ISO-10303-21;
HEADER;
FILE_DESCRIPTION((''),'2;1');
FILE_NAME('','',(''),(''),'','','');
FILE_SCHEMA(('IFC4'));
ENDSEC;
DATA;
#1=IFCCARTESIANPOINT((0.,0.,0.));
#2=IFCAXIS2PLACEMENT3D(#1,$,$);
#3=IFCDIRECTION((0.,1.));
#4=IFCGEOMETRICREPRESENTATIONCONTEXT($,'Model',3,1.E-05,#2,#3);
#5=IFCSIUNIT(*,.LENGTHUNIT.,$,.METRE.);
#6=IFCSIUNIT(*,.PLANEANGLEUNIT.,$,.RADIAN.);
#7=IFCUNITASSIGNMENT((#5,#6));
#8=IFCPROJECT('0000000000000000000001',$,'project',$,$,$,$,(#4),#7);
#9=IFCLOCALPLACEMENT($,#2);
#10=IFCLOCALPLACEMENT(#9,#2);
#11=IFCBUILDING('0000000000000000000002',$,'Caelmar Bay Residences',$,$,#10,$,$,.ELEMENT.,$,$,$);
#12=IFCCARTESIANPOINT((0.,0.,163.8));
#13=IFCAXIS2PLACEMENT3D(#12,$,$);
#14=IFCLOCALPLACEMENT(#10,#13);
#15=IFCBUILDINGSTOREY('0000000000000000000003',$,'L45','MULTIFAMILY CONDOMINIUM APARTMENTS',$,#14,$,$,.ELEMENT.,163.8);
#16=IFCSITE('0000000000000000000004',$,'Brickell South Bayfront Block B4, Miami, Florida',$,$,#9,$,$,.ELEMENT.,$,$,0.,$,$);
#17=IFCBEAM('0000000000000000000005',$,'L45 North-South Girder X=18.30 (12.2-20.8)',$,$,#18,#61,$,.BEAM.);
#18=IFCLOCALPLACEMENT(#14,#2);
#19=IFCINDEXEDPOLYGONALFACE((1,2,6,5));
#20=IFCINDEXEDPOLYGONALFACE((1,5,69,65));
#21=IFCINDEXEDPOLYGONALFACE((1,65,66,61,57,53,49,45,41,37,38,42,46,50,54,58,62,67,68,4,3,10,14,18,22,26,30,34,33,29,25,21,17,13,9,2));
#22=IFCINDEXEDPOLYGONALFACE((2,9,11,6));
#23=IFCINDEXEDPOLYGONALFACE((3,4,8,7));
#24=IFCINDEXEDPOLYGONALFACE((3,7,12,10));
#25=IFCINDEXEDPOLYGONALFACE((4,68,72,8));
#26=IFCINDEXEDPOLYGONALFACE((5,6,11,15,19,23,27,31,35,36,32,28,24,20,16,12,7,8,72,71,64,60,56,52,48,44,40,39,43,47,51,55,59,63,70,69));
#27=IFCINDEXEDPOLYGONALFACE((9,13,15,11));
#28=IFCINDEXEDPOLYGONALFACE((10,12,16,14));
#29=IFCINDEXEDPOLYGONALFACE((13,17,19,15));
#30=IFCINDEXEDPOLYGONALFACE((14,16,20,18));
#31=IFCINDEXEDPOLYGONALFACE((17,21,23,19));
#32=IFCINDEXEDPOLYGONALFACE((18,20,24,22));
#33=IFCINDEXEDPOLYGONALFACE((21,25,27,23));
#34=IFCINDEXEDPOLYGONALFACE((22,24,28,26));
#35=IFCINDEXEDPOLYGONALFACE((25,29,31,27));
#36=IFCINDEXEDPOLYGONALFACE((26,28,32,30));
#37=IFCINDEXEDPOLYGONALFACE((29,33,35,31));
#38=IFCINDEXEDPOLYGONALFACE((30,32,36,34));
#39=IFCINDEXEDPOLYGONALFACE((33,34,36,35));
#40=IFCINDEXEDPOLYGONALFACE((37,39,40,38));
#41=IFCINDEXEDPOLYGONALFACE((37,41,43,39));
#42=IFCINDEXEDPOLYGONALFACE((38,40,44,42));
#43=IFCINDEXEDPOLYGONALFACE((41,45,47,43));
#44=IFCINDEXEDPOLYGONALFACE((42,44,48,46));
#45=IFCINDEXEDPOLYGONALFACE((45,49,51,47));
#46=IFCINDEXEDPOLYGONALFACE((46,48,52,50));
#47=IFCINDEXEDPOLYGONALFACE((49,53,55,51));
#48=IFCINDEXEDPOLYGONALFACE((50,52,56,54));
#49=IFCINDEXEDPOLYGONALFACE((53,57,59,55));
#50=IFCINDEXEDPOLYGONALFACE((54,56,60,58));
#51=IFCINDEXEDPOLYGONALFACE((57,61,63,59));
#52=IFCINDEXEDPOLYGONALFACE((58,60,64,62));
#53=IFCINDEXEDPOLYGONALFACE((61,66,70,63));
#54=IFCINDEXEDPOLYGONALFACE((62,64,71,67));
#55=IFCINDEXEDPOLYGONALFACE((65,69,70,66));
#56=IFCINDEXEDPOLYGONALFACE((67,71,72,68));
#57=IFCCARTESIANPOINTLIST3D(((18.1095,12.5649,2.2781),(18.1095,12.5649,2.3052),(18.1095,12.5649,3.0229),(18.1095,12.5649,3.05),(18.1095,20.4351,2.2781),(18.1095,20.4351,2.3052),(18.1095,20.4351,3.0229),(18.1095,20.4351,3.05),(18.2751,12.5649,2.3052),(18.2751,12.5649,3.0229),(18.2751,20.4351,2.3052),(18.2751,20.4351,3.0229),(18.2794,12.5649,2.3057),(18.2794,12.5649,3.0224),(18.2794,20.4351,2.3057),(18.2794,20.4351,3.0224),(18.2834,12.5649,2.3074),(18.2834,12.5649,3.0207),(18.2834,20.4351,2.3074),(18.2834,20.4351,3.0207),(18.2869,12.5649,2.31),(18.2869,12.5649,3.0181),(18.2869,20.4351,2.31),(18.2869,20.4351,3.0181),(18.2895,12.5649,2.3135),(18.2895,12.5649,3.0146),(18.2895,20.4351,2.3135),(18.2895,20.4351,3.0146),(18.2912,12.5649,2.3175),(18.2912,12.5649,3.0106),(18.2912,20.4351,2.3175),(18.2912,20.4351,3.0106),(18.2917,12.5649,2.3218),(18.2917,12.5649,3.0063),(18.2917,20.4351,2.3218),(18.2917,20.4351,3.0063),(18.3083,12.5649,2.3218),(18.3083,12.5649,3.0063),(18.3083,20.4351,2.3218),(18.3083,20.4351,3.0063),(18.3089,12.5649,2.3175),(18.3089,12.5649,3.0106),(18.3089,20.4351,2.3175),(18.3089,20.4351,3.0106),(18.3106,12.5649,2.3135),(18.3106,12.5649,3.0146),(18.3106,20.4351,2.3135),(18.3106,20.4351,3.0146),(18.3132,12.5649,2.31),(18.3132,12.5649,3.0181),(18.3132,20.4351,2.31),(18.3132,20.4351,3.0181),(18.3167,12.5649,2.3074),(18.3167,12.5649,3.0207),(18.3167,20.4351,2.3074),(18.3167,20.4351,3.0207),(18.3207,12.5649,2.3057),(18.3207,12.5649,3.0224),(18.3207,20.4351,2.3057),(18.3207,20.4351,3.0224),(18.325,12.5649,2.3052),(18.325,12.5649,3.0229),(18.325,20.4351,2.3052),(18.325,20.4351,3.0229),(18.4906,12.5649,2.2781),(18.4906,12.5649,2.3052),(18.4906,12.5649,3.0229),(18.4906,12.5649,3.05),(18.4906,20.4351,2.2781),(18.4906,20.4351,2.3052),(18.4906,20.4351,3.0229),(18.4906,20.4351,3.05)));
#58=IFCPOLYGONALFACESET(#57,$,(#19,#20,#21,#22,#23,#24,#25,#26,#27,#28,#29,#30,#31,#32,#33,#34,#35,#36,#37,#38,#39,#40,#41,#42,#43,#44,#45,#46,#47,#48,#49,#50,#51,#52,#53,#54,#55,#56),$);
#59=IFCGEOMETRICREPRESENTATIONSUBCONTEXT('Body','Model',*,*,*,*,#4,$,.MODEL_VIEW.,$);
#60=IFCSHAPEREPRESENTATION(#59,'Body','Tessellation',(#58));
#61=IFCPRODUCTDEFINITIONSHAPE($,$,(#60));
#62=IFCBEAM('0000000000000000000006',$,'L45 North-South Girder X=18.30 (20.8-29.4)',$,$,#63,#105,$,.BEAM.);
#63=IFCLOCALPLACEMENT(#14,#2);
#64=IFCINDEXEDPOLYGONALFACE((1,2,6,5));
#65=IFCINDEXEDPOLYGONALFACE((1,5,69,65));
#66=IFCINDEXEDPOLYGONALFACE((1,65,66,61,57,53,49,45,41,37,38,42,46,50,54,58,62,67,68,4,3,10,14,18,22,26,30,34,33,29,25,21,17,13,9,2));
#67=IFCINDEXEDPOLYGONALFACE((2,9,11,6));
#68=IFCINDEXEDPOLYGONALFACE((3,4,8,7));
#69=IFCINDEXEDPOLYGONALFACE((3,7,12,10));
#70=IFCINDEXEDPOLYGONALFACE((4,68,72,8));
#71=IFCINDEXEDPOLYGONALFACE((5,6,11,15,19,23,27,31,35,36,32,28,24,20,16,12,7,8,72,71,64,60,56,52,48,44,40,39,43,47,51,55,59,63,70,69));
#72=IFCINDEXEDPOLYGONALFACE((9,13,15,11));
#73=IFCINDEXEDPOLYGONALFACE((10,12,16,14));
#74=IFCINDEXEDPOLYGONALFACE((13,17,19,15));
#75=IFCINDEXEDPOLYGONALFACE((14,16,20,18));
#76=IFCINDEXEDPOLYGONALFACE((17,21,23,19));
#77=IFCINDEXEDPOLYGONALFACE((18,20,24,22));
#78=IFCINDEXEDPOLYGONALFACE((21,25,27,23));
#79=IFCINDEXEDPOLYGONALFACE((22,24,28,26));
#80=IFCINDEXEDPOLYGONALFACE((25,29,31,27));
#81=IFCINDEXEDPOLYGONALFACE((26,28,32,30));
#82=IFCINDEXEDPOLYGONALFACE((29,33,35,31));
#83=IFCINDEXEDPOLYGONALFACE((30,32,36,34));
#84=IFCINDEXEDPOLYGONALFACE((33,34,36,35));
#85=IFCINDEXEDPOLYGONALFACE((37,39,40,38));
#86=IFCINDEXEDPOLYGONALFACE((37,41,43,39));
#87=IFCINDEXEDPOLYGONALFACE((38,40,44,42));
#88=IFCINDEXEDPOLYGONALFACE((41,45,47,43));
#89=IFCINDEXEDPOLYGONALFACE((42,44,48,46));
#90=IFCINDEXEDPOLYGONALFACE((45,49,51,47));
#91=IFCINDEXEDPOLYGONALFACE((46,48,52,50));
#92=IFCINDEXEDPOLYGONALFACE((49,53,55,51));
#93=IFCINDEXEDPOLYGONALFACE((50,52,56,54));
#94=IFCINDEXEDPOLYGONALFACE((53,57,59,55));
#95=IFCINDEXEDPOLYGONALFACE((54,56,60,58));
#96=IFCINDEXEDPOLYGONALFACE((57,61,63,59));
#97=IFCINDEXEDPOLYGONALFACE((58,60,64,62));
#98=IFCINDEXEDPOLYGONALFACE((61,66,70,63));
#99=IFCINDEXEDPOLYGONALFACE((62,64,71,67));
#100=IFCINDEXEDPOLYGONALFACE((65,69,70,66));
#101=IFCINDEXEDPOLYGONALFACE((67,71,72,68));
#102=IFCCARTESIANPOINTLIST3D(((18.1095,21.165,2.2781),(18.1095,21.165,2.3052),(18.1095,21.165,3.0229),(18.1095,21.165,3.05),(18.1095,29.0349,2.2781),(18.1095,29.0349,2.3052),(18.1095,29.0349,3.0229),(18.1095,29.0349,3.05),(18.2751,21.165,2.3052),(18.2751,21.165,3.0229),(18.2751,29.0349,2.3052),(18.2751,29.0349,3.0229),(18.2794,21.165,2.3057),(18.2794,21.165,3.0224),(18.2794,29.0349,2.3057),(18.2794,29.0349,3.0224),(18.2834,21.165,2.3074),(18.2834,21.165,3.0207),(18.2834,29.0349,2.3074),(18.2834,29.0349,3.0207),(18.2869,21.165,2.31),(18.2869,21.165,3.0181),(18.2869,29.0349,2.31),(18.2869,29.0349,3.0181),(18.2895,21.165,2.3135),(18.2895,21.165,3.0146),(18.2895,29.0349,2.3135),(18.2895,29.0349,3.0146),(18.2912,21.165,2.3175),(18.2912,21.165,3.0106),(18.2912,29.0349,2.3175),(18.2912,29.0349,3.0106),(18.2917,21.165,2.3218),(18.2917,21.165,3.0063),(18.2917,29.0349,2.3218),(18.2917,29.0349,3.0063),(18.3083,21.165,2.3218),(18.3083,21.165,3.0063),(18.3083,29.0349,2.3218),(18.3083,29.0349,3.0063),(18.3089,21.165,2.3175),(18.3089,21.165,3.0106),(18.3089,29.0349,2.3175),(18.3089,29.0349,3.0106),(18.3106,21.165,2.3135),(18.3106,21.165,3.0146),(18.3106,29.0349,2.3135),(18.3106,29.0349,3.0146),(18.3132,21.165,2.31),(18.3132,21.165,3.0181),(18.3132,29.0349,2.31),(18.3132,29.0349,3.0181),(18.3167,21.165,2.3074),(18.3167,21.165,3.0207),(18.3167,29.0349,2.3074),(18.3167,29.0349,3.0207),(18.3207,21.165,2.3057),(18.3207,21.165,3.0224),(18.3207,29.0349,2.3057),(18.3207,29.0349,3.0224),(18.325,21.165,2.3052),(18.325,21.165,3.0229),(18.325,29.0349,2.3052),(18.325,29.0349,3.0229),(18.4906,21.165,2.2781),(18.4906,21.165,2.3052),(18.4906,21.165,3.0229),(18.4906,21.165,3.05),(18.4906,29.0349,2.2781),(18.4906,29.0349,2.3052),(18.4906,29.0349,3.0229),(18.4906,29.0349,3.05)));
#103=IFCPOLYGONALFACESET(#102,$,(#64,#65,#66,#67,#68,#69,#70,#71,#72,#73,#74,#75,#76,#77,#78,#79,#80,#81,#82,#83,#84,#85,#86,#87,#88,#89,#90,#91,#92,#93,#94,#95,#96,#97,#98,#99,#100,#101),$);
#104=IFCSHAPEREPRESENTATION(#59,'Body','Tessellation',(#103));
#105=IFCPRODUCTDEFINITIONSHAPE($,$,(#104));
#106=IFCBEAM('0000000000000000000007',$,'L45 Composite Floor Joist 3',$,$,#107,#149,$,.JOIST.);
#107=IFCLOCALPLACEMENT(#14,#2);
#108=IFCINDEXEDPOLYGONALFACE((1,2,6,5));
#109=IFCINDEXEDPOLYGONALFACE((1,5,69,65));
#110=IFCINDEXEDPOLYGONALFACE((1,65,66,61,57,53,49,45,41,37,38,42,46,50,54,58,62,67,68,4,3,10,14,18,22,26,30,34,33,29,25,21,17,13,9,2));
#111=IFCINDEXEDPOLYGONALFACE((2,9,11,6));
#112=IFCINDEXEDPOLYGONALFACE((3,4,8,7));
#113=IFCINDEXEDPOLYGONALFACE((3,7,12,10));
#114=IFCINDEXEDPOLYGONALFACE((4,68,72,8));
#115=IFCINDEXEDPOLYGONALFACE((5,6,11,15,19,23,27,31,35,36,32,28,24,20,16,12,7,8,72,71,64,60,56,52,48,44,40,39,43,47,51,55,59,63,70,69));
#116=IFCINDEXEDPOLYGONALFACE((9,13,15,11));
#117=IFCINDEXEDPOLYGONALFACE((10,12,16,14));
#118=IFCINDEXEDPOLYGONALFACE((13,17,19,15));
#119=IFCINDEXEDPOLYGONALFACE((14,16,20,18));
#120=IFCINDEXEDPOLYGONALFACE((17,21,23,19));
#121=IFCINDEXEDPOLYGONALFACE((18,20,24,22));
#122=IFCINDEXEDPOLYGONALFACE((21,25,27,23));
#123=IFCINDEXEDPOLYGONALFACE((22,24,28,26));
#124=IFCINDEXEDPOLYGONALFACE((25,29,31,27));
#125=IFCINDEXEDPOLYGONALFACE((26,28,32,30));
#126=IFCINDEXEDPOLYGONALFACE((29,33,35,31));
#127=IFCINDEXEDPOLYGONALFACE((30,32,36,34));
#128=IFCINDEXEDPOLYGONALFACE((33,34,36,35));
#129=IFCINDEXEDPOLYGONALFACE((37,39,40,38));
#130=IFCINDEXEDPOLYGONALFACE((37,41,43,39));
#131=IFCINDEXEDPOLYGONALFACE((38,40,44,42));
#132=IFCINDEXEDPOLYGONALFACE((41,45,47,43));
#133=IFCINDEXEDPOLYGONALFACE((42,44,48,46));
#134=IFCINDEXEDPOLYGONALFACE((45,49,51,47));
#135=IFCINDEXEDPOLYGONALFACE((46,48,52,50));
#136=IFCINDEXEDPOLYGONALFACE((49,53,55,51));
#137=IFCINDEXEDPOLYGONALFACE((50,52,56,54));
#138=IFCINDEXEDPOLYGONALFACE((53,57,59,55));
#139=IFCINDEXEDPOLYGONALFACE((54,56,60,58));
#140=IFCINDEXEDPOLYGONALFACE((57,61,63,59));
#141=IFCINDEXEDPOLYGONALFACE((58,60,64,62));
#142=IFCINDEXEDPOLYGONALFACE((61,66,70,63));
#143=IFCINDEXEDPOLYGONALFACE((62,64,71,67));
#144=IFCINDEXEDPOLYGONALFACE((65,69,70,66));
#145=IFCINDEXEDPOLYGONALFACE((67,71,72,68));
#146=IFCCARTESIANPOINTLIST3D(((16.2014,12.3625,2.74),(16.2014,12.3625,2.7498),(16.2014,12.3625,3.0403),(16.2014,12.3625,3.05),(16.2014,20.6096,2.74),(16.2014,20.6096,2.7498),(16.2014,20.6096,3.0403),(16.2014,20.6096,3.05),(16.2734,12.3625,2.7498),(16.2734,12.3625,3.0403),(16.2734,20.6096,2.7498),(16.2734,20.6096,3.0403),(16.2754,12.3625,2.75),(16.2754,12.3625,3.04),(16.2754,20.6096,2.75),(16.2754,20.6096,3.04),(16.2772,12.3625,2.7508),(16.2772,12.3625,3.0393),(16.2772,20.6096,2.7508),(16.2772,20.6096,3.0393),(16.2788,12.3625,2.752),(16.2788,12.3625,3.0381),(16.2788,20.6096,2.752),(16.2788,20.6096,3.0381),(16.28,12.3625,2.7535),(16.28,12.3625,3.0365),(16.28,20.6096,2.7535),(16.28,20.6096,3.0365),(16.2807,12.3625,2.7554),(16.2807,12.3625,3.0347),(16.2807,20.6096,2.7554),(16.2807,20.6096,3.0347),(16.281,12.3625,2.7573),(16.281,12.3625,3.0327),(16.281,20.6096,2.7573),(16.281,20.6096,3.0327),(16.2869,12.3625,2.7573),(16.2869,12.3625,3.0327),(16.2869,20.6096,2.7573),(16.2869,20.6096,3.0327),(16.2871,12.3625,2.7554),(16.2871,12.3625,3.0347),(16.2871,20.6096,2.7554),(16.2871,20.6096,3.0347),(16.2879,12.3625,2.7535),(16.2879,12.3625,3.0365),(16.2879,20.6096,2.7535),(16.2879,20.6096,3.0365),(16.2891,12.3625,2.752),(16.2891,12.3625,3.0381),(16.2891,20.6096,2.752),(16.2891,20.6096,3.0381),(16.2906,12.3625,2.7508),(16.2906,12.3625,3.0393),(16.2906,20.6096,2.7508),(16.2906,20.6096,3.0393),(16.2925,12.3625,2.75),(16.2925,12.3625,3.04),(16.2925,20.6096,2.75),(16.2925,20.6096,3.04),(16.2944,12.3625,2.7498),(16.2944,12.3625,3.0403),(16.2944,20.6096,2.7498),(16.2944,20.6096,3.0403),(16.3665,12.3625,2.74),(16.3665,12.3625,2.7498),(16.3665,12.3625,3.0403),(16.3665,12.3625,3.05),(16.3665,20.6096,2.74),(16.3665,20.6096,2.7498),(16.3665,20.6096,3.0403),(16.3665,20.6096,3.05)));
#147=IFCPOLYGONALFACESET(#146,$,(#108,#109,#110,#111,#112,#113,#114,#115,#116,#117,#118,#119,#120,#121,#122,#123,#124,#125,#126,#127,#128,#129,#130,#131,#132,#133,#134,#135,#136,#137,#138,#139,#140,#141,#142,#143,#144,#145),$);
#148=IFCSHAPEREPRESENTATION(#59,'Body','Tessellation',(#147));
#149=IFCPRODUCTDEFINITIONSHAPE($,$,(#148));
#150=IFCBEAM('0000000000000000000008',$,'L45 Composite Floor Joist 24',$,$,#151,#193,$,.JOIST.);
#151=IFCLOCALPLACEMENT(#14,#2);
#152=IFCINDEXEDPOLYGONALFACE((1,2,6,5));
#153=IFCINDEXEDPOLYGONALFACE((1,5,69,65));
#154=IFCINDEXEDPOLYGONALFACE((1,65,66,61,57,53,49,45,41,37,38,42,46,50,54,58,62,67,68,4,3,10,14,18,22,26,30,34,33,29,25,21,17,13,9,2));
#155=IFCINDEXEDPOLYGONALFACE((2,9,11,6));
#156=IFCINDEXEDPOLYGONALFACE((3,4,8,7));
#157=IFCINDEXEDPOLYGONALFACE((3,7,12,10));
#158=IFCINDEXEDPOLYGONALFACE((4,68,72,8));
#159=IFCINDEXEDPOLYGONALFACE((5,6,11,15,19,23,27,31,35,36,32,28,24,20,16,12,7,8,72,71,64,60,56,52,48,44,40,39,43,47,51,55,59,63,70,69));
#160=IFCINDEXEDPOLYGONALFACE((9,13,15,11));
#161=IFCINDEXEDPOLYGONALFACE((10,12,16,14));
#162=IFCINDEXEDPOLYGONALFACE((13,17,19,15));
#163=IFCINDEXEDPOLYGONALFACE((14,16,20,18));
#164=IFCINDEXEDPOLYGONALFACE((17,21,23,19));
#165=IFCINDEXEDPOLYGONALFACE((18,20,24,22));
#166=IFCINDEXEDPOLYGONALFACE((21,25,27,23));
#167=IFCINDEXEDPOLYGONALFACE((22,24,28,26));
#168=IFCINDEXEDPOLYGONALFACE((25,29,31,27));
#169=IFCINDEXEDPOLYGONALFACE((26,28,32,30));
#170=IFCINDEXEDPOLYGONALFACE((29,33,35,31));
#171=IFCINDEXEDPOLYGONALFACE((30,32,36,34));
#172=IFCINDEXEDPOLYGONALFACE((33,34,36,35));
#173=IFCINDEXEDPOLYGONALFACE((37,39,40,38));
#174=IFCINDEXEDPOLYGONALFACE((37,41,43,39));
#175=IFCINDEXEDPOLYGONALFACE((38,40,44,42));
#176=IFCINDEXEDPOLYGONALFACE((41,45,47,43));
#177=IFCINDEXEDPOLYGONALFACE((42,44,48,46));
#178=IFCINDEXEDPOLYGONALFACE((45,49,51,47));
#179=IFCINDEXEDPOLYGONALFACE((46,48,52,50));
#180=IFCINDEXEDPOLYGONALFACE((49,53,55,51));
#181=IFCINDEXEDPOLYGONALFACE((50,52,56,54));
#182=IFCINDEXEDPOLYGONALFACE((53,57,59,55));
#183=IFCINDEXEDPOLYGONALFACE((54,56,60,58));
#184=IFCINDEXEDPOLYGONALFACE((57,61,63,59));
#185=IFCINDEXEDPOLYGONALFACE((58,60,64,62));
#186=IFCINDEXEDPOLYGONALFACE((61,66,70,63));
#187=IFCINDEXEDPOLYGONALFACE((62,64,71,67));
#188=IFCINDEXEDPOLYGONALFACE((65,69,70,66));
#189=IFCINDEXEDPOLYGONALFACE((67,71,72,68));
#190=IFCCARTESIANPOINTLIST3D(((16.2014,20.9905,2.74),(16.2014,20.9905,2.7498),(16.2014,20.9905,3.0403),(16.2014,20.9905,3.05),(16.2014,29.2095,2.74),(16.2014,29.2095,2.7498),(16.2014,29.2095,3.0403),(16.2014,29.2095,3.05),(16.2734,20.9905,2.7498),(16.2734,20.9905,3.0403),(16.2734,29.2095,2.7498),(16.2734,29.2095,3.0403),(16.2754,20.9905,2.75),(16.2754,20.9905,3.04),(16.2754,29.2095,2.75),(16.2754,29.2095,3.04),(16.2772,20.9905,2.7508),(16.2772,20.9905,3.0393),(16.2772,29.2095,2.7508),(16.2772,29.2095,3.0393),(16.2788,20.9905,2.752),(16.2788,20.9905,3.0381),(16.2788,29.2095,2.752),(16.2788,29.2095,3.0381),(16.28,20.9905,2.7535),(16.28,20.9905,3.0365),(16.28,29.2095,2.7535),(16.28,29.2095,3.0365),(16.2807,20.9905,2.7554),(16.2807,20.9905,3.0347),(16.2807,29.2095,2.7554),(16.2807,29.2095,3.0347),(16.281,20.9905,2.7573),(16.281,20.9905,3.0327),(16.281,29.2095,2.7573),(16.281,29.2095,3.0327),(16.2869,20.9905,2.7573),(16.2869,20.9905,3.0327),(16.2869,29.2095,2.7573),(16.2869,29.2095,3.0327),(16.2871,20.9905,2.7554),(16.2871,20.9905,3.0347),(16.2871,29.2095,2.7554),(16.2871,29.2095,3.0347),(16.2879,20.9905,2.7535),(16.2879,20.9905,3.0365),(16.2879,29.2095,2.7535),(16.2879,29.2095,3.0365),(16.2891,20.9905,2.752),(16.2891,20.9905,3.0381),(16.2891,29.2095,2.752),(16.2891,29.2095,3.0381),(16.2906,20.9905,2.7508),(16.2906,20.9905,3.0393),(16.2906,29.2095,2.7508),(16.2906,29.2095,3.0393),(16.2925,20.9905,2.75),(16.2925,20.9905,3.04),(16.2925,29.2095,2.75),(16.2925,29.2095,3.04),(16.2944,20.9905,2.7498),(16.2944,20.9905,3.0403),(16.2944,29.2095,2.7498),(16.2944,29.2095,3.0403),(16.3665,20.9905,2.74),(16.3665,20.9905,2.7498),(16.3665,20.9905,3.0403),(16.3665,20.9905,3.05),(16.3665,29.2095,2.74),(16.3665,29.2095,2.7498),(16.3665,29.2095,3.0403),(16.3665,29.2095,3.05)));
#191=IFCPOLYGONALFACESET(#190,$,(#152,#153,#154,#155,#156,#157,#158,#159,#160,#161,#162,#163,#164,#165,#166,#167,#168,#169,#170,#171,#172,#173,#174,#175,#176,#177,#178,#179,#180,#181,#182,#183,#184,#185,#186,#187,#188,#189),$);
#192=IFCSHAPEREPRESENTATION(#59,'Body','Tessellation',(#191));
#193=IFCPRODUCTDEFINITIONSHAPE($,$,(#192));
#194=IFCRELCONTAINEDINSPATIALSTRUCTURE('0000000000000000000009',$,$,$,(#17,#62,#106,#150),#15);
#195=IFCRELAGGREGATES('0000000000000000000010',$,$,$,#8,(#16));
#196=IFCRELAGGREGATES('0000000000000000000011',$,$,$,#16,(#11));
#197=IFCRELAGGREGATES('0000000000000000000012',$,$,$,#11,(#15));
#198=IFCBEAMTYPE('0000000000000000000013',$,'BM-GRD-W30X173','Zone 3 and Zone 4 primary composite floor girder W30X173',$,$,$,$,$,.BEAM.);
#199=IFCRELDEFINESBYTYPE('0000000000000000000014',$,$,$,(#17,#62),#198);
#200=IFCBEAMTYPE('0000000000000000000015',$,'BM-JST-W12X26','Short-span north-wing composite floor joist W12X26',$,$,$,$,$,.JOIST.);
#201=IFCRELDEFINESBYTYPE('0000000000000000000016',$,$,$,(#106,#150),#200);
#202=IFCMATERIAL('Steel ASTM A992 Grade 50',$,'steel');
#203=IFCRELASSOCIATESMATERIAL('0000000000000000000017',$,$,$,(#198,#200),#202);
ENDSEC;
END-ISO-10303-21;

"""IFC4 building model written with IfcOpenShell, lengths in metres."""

from ifc_helpers import new_model, si_unit, direction, frame, origin, origin_2d, place, context, subcontext, project, spatial, i_section, extrude, material, material_profile, profile_set, type_object, element, save


model = new_model("IFC4")

# Units and contexts
model_context = context("Model", 3, precision=1e-05, world=origin(), true_north=direction((0.0, 1.0)))
body_context = subcontext(model_context, "Body", "Model", "MODEL_VIEW")
ifc_project = project(units=[si_unit("LENGTHUNIT", "METRE"), si_unit("PLANEANGLEUNIT", "RADIAN")], contexts=[model_context])

# Site, building, storey
site_placement = place(None, origin())
site = spatial("IfcSite", under=ifc_project, at=site_placement, Name="Brickell South Bayfront Block B4, Miami, Florida", CompositionType="ELEMENT", RefElevation=0.0)
building_placement = place(site_placement, origin())
building = spatial("IfcBuilding", under=site, at=building_placement, Name="Caelmar Bay Residences", CompositionType="ELEMENT")
storey_placement = place(building_placement, frame((0.0, 0.0, 163.8)))
storey = spatial("IfcBuildingStorey", under=building, at=storey_placement, Name="L45", Description="MULTIFAMILY CONDOMINIUM APARTMENTS", CompositionType="ELEMENT", Elevation=163.8)

# Beams
ifc_material_1 = material(Name="Steel ASTM A992 Grade 50", Category="steel")
ifc_material_profile_1 = material_profile(ifc_material_1, i_section(OverallWidth=0.3811, OverallDepth=0.772, WebThickness=0.0166, FlangeThickness=0.0271, FilletRadius=0.0166, at=origin_2d()), Name="W30X173")
ifc_profile_set_1 = profile_set([ifc_material_profile_1], Name="Steel ASTM A992 Grade 50")
beam_type_1 = type_object("IfcBeamType", Name="BM-GRD-W30X173", Description="Zone 3 and Zone 4 primary composite floor girder W30X173", PredefinedType="BEAM", material=ifc_profile_set_1)
beam_1_placement = place(storey_placement, frame((18.3, 12.5649, 2.6641), z_axis=(0.0, 1.0, 0.0), x_axis=(-1.0, 0.0, 0.0)))
element("IfcBeam", 1, at=beam_1_placement, inside=storey, type_object=beam_type_1, Name="L45 North-South Girder X=18.30 (12.2-20.8)", PredefinedType="BEAM", context=body_context, shape_type="SweptSolid", body=[
    extrude(i_section(OverallWidth=0.3811, OverallDepth=0.772, WebThickness=0.0166, FlangeThickness=0.0271, FilletRadius=0.0166, at=origin_2d()), origin(), (0.0, 0.0, 1.0), 7.8701),
])
beam_2_placement = place(storey_placement, frame((18.3, 21.165, 2.6641), z_axis=(0.0, 1.0, 0.0), x_axis=(-1.0, 0.0, 0.0)))
element("IfcBeam", 2, at=beam_2_placement, inside=storey, type_object=beam_type_1, Name="L45 North-South Girder X=18.30 (20.8-29.4)", PredefinedType="BEAM", context=body_context, shape_type="SweptSolid", body=[
    extrude(i_section(OverallWidth=0.3811, OverallDepth=0.772, WebThickness=0.0166, FlangeThickness=0.0271, FilletRadius=0.0166, at=origin_2d()), origin(), (0.0, 0.0, 1.0), 7.8699),
])
ifc_material_profile_2 = material_profile(ifc_material_1, i_section(OverallWidth=0.165, OverallDepth=0.3101, WebThickness=0.0059, FlangeThickness=0.0098, FilletRadius=0.0076, at=origin_2d()), Name="W12X26")
ifc_profile_set_2 = profile_set([ifc_material_profile_2], Name="Steel ASTM A992 Grade 50")
beam_type_2 = type_object("IfcBeamType", Name="BM-JST-W12X26", Description="Short-span north-wing composite floor joist W12X26", PredefinedType="JOIST", material=ifc_profile_set_2)
beam_3_placement = place(storey_placement, frame((16.2839, 12.3625, 2.895), z_axis=(0.0, 1.0, 0.0), x_axis=(-1.0, 0.0, 0.0)))
element("IfcBeam", 3, at=beam_3_placement, inside=storey, type_object=beam_type_2, Name="L45 Composite Floor Joist 3", PredefinedType="JOIST", context=body_context, shape_type="SweptSolid", body=[
    extrude(i_section(OverallWidth=0.165, OverallDepth=0.3101, WebThickness=0.0059, FlangeThickness=0.0098, FilletRadius=0.0076, at=origin_2d()), origin(), (0.0, 0.0, 1.0), 8.2471),
])
beam_4_placement = place(storey_placement, frame((16.2839, 20.9905, 2.895), z_axis=(0.0, 1.0, 0.0), x_axis=(-1.0, 0.0, 0.0)))
element("IfcBeam", 4, at=beam_4_placement, inside=storey, type_object=beam_type_2, Name="L45 Composite Floor Joist 24", PredefinedType="JOIST", context=body_context, shape_type="SweptSolid", body=[
    extrude(i_section(OverallWidth=0.165, OverallDepth=0.3101, WebThickness=0.0059, FlangeThickness=0.0098, FilletRadius=0.0076, at=origin_2d()), origin(), (0.0, 0.0, 1.0), 8.219),
])

save(model, "model.ifc")
